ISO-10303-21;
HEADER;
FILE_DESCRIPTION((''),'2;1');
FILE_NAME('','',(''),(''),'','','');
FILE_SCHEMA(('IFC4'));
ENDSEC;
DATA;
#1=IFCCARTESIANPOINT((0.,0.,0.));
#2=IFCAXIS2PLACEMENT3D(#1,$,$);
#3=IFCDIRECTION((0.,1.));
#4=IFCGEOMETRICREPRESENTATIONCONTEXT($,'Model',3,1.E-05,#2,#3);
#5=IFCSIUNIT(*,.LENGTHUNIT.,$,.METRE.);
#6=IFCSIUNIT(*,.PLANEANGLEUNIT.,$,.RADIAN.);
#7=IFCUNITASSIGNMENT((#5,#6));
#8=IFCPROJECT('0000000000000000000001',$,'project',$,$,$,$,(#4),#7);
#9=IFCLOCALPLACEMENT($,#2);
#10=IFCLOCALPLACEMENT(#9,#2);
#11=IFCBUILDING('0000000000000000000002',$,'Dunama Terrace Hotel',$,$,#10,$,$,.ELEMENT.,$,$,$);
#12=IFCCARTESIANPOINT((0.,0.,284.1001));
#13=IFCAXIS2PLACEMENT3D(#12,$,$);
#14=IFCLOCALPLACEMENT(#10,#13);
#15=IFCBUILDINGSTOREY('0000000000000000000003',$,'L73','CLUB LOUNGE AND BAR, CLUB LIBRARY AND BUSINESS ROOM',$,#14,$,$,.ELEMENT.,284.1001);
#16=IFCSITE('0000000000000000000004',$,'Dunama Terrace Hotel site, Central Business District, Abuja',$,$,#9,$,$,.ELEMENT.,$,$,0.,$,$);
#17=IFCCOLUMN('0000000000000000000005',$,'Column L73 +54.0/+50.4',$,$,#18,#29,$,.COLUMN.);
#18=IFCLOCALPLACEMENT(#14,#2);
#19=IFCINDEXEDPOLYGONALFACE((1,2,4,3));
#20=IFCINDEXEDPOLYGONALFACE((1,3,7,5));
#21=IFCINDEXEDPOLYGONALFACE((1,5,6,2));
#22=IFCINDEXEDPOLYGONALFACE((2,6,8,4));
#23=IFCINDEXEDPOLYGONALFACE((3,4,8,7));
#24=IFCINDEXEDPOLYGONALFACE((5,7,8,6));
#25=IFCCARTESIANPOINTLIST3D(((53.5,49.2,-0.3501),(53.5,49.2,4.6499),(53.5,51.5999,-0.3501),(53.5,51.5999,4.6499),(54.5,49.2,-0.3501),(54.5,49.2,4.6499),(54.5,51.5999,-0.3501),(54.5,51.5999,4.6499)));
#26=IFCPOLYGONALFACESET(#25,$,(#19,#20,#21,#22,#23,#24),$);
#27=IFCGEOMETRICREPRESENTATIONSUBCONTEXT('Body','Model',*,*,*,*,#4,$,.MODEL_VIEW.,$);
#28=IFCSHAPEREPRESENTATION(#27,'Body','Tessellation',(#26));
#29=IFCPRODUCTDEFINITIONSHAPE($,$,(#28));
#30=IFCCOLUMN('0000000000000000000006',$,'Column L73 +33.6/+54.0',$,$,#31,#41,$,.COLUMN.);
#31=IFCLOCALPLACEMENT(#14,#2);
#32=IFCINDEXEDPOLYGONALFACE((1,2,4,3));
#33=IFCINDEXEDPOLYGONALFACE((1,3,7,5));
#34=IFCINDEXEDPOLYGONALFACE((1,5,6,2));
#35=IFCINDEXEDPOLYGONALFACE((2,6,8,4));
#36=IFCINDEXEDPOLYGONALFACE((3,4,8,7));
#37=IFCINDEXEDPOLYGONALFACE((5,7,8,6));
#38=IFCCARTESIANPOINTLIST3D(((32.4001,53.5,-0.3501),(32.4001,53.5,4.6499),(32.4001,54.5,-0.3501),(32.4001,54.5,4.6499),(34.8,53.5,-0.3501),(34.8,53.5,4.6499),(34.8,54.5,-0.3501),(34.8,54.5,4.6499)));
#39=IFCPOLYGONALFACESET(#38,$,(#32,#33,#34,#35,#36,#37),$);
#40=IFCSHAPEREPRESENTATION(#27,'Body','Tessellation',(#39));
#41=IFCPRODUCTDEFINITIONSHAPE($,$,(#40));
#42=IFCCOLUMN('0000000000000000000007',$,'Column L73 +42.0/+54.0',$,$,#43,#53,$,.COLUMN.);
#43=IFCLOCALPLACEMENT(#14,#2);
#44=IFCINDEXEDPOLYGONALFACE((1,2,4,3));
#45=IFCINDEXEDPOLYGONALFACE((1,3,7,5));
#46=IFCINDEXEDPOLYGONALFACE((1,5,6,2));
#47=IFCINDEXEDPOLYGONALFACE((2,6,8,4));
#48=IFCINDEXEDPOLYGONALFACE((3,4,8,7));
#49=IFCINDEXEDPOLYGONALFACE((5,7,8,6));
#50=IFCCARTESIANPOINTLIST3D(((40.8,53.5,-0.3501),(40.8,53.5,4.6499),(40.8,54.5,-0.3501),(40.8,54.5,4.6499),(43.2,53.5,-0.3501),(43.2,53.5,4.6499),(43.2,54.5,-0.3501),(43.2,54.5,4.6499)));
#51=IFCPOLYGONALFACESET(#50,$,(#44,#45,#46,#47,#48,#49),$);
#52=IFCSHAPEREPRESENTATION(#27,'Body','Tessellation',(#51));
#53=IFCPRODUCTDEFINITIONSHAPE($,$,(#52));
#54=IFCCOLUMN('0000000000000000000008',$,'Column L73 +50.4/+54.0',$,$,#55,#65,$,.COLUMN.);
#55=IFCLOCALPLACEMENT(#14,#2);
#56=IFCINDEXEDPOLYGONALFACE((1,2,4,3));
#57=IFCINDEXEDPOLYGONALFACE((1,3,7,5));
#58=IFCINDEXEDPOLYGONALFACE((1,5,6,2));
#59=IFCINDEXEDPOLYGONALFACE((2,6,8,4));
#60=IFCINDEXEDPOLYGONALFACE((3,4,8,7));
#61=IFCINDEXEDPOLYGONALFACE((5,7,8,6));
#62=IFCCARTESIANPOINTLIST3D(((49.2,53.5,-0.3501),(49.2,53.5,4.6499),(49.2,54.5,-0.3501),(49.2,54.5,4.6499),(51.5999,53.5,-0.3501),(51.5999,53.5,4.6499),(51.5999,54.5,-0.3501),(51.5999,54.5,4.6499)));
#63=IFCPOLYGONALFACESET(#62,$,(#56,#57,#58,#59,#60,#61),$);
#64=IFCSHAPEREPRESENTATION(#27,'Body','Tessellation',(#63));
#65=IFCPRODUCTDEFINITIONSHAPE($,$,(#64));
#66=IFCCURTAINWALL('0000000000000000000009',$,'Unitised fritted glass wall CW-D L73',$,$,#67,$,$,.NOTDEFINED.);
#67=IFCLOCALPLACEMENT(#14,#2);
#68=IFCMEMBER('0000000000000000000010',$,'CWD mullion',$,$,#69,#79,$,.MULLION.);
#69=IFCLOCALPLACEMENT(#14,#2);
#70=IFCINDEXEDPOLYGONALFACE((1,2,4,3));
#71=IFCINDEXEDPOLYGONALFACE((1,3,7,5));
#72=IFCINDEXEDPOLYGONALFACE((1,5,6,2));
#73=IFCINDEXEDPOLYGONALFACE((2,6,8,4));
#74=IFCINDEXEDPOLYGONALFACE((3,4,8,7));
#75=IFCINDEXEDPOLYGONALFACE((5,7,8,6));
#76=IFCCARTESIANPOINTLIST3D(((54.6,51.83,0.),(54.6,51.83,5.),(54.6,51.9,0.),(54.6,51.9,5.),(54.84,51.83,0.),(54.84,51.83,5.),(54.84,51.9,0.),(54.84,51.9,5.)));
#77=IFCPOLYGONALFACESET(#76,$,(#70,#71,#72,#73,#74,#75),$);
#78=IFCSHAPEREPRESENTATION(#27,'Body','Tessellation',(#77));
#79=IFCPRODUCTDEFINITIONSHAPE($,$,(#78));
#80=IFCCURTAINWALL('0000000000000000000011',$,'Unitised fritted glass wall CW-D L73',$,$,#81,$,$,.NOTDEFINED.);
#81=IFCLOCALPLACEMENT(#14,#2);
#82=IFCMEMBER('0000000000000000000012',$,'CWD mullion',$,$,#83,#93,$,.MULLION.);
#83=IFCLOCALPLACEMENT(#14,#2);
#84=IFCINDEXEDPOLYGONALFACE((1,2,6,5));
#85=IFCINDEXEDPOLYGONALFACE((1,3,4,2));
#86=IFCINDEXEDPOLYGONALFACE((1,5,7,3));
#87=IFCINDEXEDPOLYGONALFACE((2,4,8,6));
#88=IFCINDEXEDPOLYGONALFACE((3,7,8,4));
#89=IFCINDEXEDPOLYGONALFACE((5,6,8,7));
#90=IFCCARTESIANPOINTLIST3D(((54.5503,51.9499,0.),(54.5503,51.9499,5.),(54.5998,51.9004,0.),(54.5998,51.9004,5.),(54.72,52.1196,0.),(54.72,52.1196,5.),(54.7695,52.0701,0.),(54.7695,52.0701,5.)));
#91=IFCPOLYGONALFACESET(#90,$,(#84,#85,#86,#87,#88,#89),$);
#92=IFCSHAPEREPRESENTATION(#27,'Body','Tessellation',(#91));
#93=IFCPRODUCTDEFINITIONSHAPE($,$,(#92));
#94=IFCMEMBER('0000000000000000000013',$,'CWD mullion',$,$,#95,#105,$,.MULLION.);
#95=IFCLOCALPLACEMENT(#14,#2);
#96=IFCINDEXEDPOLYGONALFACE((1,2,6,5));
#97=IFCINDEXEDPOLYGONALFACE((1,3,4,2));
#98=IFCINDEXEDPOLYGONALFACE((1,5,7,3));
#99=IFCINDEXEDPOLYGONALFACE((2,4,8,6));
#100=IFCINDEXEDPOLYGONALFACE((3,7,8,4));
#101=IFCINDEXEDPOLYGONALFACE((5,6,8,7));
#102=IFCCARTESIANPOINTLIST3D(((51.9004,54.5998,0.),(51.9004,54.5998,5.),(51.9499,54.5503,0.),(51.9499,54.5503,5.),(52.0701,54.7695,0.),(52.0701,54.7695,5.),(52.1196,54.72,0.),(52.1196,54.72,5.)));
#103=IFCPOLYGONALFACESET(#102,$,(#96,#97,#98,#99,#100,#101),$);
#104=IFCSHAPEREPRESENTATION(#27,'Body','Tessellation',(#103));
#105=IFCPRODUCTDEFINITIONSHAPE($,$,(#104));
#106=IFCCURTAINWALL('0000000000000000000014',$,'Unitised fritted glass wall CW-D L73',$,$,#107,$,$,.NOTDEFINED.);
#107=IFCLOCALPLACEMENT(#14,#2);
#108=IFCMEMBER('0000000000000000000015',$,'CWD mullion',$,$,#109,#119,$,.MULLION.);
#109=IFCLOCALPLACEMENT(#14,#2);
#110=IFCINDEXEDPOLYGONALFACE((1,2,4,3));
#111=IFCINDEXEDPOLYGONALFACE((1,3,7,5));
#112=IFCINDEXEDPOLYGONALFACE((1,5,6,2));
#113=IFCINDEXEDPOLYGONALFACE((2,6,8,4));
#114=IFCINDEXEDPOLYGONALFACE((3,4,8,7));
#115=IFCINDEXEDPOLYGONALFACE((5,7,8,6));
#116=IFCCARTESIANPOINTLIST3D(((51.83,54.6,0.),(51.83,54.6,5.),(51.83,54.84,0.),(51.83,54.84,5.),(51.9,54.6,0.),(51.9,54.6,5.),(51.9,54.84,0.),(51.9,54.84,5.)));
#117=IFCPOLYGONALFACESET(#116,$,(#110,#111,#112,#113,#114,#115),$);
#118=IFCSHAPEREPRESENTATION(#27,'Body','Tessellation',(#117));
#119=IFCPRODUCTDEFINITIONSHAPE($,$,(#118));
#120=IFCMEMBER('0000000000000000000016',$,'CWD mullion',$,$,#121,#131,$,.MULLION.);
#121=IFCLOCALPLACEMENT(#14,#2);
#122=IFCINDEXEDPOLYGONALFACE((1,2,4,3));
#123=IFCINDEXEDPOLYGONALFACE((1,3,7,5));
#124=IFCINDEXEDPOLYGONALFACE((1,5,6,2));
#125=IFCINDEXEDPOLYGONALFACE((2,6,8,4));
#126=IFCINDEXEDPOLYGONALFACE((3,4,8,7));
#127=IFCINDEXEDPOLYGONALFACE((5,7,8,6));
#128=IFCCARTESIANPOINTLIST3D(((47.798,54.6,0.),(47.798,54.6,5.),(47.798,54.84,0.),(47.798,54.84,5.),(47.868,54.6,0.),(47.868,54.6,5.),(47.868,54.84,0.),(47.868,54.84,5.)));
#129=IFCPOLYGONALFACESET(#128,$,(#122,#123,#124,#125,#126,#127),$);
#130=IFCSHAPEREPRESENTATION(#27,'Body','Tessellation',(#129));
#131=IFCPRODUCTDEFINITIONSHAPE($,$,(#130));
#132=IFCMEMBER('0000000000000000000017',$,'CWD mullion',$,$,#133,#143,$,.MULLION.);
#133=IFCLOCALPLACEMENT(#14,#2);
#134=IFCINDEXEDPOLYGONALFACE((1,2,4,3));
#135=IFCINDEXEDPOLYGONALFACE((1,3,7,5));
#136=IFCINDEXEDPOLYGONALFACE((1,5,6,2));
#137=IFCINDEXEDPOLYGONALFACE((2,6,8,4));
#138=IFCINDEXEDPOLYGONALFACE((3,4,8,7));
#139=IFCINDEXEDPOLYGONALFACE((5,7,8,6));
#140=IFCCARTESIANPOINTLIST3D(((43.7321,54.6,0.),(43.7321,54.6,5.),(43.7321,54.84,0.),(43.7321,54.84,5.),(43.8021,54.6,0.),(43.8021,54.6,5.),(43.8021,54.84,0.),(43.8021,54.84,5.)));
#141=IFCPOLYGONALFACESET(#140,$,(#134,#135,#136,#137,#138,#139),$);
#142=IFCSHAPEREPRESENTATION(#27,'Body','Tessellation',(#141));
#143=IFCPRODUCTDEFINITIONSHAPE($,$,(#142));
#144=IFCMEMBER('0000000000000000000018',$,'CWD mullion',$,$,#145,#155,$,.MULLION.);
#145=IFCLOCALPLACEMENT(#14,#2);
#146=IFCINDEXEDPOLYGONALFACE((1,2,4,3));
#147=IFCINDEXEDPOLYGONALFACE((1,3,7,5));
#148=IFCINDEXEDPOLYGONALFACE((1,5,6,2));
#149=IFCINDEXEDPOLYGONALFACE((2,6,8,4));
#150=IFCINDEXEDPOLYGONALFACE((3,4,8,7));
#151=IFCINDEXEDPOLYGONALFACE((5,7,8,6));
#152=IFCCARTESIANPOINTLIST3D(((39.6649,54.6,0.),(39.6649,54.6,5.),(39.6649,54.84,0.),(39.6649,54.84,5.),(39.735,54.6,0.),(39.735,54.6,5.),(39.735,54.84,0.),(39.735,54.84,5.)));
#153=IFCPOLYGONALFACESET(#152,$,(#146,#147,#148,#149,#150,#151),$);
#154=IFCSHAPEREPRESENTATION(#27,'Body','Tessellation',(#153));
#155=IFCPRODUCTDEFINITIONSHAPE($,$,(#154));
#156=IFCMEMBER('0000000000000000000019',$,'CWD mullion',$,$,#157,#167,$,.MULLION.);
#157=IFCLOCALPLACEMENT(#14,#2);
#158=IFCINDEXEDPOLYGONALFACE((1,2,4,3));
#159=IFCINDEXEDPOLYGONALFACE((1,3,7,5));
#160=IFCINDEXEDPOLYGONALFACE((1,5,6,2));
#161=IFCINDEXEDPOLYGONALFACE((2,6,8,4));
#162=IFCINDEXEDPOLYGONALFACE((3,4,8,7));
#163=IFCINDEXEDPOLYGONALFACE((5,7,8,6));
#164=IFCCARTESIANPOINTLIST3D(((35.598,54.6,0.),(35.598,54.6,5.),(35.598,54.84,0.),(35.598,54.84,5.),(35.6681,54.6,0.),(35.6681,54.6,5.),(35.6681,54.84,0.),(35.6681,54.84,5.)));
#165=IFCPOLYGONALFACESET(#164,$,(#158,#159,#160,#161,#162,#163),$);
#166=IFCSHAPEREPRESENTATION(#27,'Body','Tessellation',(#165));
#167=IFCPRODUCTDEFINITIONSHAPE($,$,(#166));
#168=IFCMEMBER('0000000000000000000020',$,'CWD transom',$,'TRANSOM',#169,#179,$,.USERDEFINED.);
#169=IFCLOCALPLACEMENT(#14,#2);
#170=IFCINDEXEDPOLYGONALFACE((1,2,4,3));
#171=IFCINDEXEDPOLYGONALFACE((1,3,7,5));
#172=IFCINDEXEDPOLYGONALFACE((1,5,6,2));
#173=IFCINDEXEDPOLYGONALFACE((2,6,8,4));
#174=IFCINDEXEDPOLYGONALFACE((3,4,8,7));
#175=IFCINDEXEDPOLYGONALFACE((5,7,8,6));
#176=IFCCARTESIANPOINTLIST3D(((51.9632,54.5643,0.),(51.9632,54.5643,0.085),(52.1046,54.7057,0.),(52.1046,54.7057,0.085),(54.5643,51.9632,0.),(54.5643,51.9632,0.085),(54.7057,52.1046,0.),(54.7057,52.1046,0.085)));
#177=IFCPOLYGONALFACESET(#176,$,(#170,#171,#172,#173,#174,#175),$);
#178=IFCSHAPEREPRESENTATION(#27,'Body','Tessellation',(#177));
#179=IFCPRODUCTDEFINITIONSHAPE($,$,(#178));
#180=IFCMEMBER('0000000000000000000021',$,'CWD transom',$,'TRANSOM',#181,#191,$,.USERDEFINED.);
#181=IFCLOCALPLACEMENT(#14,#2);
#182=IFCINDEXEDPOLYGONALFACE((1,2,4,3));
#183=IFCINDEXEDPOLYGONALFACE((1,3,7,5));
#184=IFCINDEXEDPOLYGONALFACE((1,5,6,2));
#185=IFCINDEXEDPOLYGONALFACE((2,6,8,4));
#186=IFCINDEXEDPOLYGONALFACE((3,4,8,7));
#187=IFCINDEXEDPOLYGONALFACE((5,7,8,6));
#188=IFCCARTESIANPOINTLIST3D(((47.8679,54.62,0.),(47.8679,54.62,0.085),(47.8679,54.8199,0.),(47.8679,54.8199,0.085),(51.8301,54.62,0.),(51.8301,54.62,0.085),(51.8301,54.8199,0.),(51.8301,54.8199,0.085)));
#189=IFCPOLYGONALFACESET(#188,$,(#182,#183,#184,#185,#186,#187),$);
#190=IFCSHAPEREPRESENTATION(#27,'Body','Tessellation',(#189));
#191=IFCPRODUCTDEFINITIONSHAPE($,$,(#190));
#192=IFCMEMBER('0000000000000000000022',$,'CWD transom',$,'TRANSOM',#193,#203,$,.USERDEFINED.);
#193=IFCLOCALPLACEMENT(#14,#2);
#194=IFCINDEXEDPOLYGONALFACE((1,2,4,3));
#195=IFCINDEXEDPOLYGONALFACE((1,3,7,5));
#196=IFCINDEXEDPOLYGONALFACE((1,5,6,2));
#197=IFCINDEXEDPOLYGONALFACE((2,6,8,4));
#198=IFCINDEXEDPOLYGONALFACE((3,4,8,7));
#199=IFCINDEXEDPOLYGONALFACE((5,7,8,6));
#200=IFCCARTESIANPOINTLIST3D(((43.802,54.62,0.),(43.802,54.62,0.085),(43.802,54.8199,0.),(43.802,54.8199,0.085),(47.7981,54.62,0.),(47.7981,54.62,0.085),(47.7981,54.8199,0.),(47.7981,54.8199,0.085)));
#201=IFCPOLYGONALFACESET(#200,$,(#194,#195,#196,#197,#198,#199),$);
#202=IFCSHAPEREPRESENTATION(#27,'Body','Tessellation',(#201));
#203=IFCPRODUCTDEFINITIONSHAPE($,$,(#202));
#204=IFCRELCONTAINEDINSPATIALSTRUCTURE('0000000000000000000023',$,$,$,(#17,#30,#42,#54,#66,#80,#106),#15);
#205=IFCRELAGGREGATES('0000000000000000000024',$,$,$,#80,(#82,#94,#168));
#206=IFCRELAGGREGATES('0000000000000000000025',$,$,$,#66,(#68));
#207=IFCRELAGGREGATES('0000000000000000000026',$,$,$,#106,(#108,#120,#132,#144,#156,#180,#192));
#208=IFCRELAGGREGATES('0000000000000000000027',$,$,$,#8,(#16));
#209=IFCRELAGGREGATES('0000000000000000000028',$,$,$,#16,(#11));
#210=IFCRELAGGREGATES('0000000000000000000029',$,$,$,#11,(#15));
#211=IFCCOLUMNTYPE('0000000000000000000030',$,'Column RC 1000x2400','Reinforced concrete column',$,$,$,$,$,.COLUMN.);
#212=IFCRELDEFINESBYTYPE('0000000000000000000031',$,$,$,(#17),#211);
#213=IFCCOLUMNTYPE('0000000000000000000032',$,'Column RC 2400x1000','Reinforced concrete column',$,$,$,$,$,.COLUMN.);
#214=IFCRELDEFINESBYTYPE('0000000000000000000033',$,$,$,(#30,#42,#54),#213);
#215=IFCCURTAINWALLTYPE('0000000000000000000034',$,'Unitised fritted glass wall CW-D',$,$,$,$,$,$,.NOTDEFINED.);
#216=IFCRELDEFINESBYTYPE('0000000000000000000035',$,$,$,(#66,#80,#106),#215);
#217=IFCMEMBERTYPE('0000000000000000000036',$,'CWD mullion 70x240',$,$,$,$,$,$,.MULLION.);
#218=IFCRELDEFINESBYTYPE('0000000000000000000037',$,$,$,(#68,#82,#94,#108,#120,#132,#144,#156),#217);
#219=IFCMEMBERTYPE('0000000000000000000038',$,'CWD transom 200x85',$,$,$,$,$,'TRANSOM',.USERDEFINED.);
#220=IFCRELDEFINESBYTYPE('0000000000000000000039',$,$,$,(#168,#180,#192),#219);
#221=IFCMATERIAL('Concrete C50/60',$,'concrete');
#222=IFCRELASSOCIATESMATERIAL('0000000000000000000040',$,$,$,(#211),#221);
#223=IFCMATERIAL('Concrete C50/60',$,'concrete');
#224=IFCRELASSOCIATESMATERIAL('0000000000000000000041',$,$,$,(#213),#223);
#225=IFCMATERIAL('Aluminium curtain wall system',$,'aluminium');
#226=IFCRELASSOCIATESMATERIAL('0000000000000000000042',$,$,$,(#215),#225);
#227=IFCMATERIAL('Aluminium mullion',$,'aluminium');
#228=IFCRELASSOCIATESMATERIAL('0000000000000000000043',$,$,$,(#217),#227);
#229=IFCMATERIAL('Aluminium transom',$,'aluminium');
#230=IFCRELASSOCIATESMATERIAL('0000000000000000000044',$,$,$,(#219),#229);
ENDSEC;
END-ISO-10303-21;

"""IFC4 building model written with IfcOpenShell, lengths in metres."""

from ifc_helpers import new_model, si_unit, direction, frame, origin, origin_2d, place, context, subcontext, project, spatial, rectangle, extrude, material, material_profile, profile_set, type_object, element, aggregate, save


model = new_model("IFC4")

# Units and contexts
model_context = context("Model", 3, precision=1e-05, world=origin(), true_north=direction((0.0, 1.0)))
body_context = subcontext(model_context, "Body", "Model", "MODEL_VIEW")
ifc_project = project(units=[si_unit("LENGTHUNIT", "METRE"), si_unit("PLANEANGLEUNIT", "RADIAN")], contexts=[model_context])

# Site, building, storey
site_placement = place(None, origin())
site = spatial("IfcSite", under=ifc_project, at=site_placement, Name="Dunama Terrace Hotel site, Central Business District, Abuja", CompositionType="ELEMENT", RefElevation=0.0)
building_placement = place(site_placement, origin())
building = spatial("IfcBuilding", under=site, at=building_placement, Name="Dunama Terrace Hotel", CompositionType="ELEMENT")
storey_placement = place(building_placement, frame((0.0, 0.0, 284.1001)))
storey = spatial("IfcBuildingStorey", under=building, at=storey_placement, Name="L73", Description="CLUB LOUNGE AND BAR, CLUB LIBRARY AND BUSINESS ROOM", CompositionType="ELEMENT", Elevation=284.1001)

# Columns
ifc_material_1 = material(Name="Concrete C50/60", Category="concrete")
ifc_material_profile_1 = material_profile(ifc_material_1, rectangle(XDim=1.0, YDim=2.3999, at=origin_2d()), Name="RC 1000x2400")
ifc_profile_set_1 = profile_set([ifc_material_profile_1], Name="Concrete C50/60")
column_type_1 = type_object("IfcColumnType", Name="Column RC 1000x2400", Description="Reinforced concrete column", PredefinedType="COLUMN", material=ifc_profile_set_1)
column_placement = place(storey_placement, frame((54.0, 50.3999, -0.3501), z_axis=(0.0, 0.0, 1.0), x_axis=(1.0, 0.0, 0.0)))
element("IfcColumn", 1, at=column_placement, inside=storey, type_object=column_type_1, Name="Column L73 +54.0/+50.4", PredefinedType="COLUMN", context=body_context, shape_type="SweptSolid", body=[
    extrude(rectangle(XDim=1.0, YDim=2.3999, at=origin_2d()), origin(), (0.0, 0.0, 1.0), 5.0),
])
ifc_material_2 = material(Name="Concrete C50/60", Category="concrete")
ifc_material_profile_2 = material_profile(ifc_material_2, rectangle(XDim=2.3999, YDim=1.0, at=origin_2d()), Name="RC 2400x1000")
ifc_profile_set_2 = profile_set([ifc_material_profile_2], Name="Concrete C50/60")
column_type_2 = type_object("IfcColumnType", Name="Column RC 2400x1000", Description="Reinforced concrete column", PredefinedType="COLUMN", material=ifc_profile_set_2)
for number, where, z_axis, x_axis, name in (
    (2, (33.6001, 54.0, -0.3501), (0.0, 0.0, 1.0), (1.0, 0.0, 0.0), "Column L73 +33.6/+54.0"),
    (3, (42.0, 54.0, -0.3501), (0.0, 0.0, 1.0), (1.0, 0.0, 0.0), "Column L73 +42.0/+54.0"),
    (4, (50.3999, 54.0, -0.3501), (0.0, 0.0, 1.0), (1.0, 0.0, 0.0), "Column L73 +50.4/+54.0"),
):
    element("IfcColumn", number, at=place(storey_placement, frame(where, z_axis=z_axis, x_axis=x_axis)), inside=storey, type_object=column_type_2, Name=name, PredefinedType="COLUMN", context=body_context, shape_type="SweptSolid", body=[
        extrude(rectangle(XDim=2.3999, YDim=1.0, at=origin_2d()), origin(), (0.0, 0.0, 1.0), 5.0),
    ])

# Curtain wall, member
ifc_material_3 = material(Name="Aluminium curtain wall system", Category="aluminium")
curtain_wall_type = type_object("IfcCurtainWallType", Name="Unitised fritted glass wall CW-D", PredefinedType="NOTDEFINED", material=ifc_material_3)
curtain_wall_1_placement = place(storey_placement, origin())
curtain_wall_1 = element("IfcCurtainWall", 5, at=curtain_wall_1_placement, inside=storey, type_object=curtain_wall_type, Name="Unitised fritted glass wall CW-D L73", PredefinedType="NOTDEFINED")
ifc_material_4 = material(Name="Aluminium mullion", Category="aluminium")
ifc_material_profile_3 = material_profile(ifc_material_4, rectangle(XDim=0.0701, YDim=0.24, at=origin_2d()), Name="CWD MULLION 70X240")
ifc_profile_set_3 = profile_set([ifc_material_profile_3], Name="Aluminium mullion")
member_type_1 = type_object("IfcMemberType", Name="CWD mullion 70x240", PredefinedType="MULLION", material=ifc_profile_set_3)
member_1_placement = place(storey_placement, frame((54.72, 51.865, 0.0), z_axis=(0.0, 0.0, 1.0), x_axis=(0.0, 1.0, 0.0)))
member_1 = element("IfcMember", 6, at=member_1_placement, type_object=member_type_1, Name="CWD mullion", PredefinedType="MULLION", context=body_context, shape_type="SweptSolid", body=[
    extrude(rectangle(XDim=0.0701, YDim=0.24, at=origin_2d()), origin(), (0.0, 0.0, 1.0), 5.0),
])

# Curtain walls, members
curtain_wall_2_placement = place(storey_placement, origin())
curtain_wall_2 = element("IfcCurtainWall", 7, at=curtain_wall_2_placement, inside=storey, type_object=curtain_wall_type, Name="Unitised fritted glass wall CW-D L73", PredefinedType="NOTDEFINED")
member_2_placement = place(storey_placement, frame((54.6599, 52.01, 0.0), z_axis=(0.0, 0.0, 1.0), x_axis=(-0.707107, 0.707107, 0.0)))
member_2 = element("IfcMember", 8, at=member_2_placement, type_object=member_type_1, Name="CWD mullion", PredefinedType="MULLION", context=body_context, shape_type="SweptSolid", body=[
    extrude(rectangle(XDim=0.0701, YDim=0.24, at=origin_2d()), origin(), (0.0, 0.0, 1.0), 5.0),
])
member_3_placement = place(storey_placement, frame((52.01, 54.6599, 0.0), z_axis=(0.0, 0.0, 1.0), x_axis=(-0.707107, 0.707107, 0.0)))
member_3 = element("IfcMember", 9, at=member_3_placement, type_object=member_type_1, Name="CWD mullion", PredefinedType="MULLION", context=body_context, shape_type="SweptSolid", body=[
    extrude(rectangle(XDim=0.0701, YDim=0.24, at=origin_2d()), origin(), (0.0, 0.0, 1.0), 5.0),
])
curtain_wall_3_placement = place(storey_placement, origin())
curtain_wall_3 = element("IfcCurtainWall", 10, at=curtain_wall_3_placement, inside=storey, type_object=curtain_wall_type, Name="Unitised fritted glass wall CW-D L73", PredefinedType="NOTDEFINED")
member_4_placement = place(storey_placement, frame((51.865, 54.72, 0.0), z_axis=(0.0, 0.0, 1.0), x_axis=(-1.0, 0.0, 0.0)))
member_4 = element("IfcMember", 11, at=member_4_placement, type_object=member_type_1, Name="CWD mullion", PredefinedType="MULLION", context=body_context, shape_type="SweptSolid", body=[
    extrude(rectangle(XDim=0.0701, YDim=0.24, at=origin_2d()), origin(), (0.0, 0.0, 1.0), 5.0),
])
member_5_placement = place(storey_placement, frame((47.833, 54.72, 0.0), z_axis=(0.0, 0.0, 1.0), x_axis=(-1.0, 0.0, 0.0)))
member_5 = element("IfcMember", 12, at=member_5_placement, type_object=member_type_1, Name="CWD mullion", PredefinedType="MULLION", context=body_context, shape_type="SweptSolid", body=[
    extrude(rectangle(XDim=0.0701, YDim=0.24, at=origin_2d()), origin(), (0.0, 0.0, 1.0), 5.0),
])
member_6_placement = place(storey_placement, frame((43.7671, 54.72, 0.0), z_axis=(0.0, 0.0, 1.0), x_axis=(-1.0, 0.0, 0.0)))
member_6 = element("IfcMember", 13, at=member_6_placement, type_object=member_type_1, Name="CWD mullion", PredefinedType="MULLION", context=body_context, shape_type="SweptSolid", body=[
    extrude(rectangle(XDim=0.0701, YDim=0.24, at=origin_2d()), origin(), (0.0, 0.0, 1.0), 5.0),
])
member_7_placement = place(storey_placement, frame((39.7, 54.72, 0.0), z_axis=(0.0, 0.0, 1.0), x_axis=(-1.0, 0.0, 0.0)))
member_7 = element("IfcMember", 14, at=member_7_placement, type_object=member_type_1, Name="CWD mullion", PredefinedType="MULLION", context=body_context, shape_type="SweptSolid", body=[
    extrude(rectangle(XDim=0.0701, YDim=0.24, at=origin_2d()), origin(), (0.0, 0.0, 1.0), 5.0),
])
member_8_placement = place(storey_placement, frame((35.6331, 54.72, 0.0), z_axis=(0.0, 0.0, 1.0), x_axis=(-1.0, 0.0, 0.0)))
member_8 = element("IfcMember", 15, at=member_8_placement, type_object=member_type_1, Name="CWD mullion", PredefinedType="MULLION", context=body_context, shape_type="SweptSolid", body=[
    extrude(rectangle(XDim=0.0701, YDim=0.24, at=origin_2d()), origin(), (0.0, 0.0, 1.0), 5.0),
])

# Members
ifc_material_5 = material(Name="Aluminium transom", Category="aluminium")
ifc_material_profile_4 = material_profile(ifc_material_5, rectangle(XDim=0.2, YDim=0.085, at=origin_2d()), Name="CWD TRANSOM 200X85")
ifc_profile_set_4 = profile_set([ifc_material_profile_4], Name="Aluminium transom")
member_type_2 = type_object("IfcMemberType", Name="CWD transom 200x85", ElementType="TRANSOM", PredefinedType="USERDEFINED", material=ifc_profile_set_4)
member_9_placement = place(storey_placement, frame((54.635, 52.0339, 0.0425), z_axis=(-0.707107, 0.707107, 0.0), x_axis=(-0.707107, -0.707107, 0.0)))
member_9 = element("IfcMember", 16, at=member_9_placement, type_object=member_type_2, Name="CWD transom", ObjectType="TRANSOM", PredefinedType="USERDEFINED", context=body_context, shape_type="SweptSolid", body=[
    extrude(rectangle(XDim=0.2, YDim=0.085, at=origin_2d()), origin(), (0.0, 0.0, 1.0), 3.6785),
])
member_10_placement = place(storey_placement, frame((51.8301, 54.72, 0.0425), z_axis=(-1.0, 0.0, 0.0), x_axis=(0.0, -1.0, 0.0)))
member_10 = element("IfcMember", 17, at=member_10_placement, type_object=member_type_2, Name="CWD transom", ObjectType="TRANSOM", PredefinedType="USERDEFINED", context=body_context, shape_type="SweptSolid", body=[
    extrude(rectangle(XDim=0.2, YDim=0.085, at=origin_2d()), origin(), (0.0, 0.0, 1.0), 3.9622),
])
member_11_placement = place(storey_placement, frame((47.7981, 54.72, 0.0425), z_axis=(-1.0, 0.0, 0.0), x_axis=(0.0, -1.0, 0.0)))
member_11 = element("IfcMember", 18, at=member_11_placement, type_object=member_type_2, Name="CWD transom", ObjectType="TRANSOM", PredefinedType="USERDEFINED", context=body_context, shape_type="SweptSolid", body=[
    extrude(rectangle(XDim=0.2, YDim=0.085, at=origin_2d()), origin(), (0.0, 0.0, 1.0), 3.9961),
])

aggregate(curtain_wall_2, [member_2, member_3, member_9])
aggregate(curtain_wall_1, [member_1])
aggregate(curtain_wall_3, [member_4, member_5, member_6, member_7, member_8, member_10, member_11])

save(model, "model.ifc")
